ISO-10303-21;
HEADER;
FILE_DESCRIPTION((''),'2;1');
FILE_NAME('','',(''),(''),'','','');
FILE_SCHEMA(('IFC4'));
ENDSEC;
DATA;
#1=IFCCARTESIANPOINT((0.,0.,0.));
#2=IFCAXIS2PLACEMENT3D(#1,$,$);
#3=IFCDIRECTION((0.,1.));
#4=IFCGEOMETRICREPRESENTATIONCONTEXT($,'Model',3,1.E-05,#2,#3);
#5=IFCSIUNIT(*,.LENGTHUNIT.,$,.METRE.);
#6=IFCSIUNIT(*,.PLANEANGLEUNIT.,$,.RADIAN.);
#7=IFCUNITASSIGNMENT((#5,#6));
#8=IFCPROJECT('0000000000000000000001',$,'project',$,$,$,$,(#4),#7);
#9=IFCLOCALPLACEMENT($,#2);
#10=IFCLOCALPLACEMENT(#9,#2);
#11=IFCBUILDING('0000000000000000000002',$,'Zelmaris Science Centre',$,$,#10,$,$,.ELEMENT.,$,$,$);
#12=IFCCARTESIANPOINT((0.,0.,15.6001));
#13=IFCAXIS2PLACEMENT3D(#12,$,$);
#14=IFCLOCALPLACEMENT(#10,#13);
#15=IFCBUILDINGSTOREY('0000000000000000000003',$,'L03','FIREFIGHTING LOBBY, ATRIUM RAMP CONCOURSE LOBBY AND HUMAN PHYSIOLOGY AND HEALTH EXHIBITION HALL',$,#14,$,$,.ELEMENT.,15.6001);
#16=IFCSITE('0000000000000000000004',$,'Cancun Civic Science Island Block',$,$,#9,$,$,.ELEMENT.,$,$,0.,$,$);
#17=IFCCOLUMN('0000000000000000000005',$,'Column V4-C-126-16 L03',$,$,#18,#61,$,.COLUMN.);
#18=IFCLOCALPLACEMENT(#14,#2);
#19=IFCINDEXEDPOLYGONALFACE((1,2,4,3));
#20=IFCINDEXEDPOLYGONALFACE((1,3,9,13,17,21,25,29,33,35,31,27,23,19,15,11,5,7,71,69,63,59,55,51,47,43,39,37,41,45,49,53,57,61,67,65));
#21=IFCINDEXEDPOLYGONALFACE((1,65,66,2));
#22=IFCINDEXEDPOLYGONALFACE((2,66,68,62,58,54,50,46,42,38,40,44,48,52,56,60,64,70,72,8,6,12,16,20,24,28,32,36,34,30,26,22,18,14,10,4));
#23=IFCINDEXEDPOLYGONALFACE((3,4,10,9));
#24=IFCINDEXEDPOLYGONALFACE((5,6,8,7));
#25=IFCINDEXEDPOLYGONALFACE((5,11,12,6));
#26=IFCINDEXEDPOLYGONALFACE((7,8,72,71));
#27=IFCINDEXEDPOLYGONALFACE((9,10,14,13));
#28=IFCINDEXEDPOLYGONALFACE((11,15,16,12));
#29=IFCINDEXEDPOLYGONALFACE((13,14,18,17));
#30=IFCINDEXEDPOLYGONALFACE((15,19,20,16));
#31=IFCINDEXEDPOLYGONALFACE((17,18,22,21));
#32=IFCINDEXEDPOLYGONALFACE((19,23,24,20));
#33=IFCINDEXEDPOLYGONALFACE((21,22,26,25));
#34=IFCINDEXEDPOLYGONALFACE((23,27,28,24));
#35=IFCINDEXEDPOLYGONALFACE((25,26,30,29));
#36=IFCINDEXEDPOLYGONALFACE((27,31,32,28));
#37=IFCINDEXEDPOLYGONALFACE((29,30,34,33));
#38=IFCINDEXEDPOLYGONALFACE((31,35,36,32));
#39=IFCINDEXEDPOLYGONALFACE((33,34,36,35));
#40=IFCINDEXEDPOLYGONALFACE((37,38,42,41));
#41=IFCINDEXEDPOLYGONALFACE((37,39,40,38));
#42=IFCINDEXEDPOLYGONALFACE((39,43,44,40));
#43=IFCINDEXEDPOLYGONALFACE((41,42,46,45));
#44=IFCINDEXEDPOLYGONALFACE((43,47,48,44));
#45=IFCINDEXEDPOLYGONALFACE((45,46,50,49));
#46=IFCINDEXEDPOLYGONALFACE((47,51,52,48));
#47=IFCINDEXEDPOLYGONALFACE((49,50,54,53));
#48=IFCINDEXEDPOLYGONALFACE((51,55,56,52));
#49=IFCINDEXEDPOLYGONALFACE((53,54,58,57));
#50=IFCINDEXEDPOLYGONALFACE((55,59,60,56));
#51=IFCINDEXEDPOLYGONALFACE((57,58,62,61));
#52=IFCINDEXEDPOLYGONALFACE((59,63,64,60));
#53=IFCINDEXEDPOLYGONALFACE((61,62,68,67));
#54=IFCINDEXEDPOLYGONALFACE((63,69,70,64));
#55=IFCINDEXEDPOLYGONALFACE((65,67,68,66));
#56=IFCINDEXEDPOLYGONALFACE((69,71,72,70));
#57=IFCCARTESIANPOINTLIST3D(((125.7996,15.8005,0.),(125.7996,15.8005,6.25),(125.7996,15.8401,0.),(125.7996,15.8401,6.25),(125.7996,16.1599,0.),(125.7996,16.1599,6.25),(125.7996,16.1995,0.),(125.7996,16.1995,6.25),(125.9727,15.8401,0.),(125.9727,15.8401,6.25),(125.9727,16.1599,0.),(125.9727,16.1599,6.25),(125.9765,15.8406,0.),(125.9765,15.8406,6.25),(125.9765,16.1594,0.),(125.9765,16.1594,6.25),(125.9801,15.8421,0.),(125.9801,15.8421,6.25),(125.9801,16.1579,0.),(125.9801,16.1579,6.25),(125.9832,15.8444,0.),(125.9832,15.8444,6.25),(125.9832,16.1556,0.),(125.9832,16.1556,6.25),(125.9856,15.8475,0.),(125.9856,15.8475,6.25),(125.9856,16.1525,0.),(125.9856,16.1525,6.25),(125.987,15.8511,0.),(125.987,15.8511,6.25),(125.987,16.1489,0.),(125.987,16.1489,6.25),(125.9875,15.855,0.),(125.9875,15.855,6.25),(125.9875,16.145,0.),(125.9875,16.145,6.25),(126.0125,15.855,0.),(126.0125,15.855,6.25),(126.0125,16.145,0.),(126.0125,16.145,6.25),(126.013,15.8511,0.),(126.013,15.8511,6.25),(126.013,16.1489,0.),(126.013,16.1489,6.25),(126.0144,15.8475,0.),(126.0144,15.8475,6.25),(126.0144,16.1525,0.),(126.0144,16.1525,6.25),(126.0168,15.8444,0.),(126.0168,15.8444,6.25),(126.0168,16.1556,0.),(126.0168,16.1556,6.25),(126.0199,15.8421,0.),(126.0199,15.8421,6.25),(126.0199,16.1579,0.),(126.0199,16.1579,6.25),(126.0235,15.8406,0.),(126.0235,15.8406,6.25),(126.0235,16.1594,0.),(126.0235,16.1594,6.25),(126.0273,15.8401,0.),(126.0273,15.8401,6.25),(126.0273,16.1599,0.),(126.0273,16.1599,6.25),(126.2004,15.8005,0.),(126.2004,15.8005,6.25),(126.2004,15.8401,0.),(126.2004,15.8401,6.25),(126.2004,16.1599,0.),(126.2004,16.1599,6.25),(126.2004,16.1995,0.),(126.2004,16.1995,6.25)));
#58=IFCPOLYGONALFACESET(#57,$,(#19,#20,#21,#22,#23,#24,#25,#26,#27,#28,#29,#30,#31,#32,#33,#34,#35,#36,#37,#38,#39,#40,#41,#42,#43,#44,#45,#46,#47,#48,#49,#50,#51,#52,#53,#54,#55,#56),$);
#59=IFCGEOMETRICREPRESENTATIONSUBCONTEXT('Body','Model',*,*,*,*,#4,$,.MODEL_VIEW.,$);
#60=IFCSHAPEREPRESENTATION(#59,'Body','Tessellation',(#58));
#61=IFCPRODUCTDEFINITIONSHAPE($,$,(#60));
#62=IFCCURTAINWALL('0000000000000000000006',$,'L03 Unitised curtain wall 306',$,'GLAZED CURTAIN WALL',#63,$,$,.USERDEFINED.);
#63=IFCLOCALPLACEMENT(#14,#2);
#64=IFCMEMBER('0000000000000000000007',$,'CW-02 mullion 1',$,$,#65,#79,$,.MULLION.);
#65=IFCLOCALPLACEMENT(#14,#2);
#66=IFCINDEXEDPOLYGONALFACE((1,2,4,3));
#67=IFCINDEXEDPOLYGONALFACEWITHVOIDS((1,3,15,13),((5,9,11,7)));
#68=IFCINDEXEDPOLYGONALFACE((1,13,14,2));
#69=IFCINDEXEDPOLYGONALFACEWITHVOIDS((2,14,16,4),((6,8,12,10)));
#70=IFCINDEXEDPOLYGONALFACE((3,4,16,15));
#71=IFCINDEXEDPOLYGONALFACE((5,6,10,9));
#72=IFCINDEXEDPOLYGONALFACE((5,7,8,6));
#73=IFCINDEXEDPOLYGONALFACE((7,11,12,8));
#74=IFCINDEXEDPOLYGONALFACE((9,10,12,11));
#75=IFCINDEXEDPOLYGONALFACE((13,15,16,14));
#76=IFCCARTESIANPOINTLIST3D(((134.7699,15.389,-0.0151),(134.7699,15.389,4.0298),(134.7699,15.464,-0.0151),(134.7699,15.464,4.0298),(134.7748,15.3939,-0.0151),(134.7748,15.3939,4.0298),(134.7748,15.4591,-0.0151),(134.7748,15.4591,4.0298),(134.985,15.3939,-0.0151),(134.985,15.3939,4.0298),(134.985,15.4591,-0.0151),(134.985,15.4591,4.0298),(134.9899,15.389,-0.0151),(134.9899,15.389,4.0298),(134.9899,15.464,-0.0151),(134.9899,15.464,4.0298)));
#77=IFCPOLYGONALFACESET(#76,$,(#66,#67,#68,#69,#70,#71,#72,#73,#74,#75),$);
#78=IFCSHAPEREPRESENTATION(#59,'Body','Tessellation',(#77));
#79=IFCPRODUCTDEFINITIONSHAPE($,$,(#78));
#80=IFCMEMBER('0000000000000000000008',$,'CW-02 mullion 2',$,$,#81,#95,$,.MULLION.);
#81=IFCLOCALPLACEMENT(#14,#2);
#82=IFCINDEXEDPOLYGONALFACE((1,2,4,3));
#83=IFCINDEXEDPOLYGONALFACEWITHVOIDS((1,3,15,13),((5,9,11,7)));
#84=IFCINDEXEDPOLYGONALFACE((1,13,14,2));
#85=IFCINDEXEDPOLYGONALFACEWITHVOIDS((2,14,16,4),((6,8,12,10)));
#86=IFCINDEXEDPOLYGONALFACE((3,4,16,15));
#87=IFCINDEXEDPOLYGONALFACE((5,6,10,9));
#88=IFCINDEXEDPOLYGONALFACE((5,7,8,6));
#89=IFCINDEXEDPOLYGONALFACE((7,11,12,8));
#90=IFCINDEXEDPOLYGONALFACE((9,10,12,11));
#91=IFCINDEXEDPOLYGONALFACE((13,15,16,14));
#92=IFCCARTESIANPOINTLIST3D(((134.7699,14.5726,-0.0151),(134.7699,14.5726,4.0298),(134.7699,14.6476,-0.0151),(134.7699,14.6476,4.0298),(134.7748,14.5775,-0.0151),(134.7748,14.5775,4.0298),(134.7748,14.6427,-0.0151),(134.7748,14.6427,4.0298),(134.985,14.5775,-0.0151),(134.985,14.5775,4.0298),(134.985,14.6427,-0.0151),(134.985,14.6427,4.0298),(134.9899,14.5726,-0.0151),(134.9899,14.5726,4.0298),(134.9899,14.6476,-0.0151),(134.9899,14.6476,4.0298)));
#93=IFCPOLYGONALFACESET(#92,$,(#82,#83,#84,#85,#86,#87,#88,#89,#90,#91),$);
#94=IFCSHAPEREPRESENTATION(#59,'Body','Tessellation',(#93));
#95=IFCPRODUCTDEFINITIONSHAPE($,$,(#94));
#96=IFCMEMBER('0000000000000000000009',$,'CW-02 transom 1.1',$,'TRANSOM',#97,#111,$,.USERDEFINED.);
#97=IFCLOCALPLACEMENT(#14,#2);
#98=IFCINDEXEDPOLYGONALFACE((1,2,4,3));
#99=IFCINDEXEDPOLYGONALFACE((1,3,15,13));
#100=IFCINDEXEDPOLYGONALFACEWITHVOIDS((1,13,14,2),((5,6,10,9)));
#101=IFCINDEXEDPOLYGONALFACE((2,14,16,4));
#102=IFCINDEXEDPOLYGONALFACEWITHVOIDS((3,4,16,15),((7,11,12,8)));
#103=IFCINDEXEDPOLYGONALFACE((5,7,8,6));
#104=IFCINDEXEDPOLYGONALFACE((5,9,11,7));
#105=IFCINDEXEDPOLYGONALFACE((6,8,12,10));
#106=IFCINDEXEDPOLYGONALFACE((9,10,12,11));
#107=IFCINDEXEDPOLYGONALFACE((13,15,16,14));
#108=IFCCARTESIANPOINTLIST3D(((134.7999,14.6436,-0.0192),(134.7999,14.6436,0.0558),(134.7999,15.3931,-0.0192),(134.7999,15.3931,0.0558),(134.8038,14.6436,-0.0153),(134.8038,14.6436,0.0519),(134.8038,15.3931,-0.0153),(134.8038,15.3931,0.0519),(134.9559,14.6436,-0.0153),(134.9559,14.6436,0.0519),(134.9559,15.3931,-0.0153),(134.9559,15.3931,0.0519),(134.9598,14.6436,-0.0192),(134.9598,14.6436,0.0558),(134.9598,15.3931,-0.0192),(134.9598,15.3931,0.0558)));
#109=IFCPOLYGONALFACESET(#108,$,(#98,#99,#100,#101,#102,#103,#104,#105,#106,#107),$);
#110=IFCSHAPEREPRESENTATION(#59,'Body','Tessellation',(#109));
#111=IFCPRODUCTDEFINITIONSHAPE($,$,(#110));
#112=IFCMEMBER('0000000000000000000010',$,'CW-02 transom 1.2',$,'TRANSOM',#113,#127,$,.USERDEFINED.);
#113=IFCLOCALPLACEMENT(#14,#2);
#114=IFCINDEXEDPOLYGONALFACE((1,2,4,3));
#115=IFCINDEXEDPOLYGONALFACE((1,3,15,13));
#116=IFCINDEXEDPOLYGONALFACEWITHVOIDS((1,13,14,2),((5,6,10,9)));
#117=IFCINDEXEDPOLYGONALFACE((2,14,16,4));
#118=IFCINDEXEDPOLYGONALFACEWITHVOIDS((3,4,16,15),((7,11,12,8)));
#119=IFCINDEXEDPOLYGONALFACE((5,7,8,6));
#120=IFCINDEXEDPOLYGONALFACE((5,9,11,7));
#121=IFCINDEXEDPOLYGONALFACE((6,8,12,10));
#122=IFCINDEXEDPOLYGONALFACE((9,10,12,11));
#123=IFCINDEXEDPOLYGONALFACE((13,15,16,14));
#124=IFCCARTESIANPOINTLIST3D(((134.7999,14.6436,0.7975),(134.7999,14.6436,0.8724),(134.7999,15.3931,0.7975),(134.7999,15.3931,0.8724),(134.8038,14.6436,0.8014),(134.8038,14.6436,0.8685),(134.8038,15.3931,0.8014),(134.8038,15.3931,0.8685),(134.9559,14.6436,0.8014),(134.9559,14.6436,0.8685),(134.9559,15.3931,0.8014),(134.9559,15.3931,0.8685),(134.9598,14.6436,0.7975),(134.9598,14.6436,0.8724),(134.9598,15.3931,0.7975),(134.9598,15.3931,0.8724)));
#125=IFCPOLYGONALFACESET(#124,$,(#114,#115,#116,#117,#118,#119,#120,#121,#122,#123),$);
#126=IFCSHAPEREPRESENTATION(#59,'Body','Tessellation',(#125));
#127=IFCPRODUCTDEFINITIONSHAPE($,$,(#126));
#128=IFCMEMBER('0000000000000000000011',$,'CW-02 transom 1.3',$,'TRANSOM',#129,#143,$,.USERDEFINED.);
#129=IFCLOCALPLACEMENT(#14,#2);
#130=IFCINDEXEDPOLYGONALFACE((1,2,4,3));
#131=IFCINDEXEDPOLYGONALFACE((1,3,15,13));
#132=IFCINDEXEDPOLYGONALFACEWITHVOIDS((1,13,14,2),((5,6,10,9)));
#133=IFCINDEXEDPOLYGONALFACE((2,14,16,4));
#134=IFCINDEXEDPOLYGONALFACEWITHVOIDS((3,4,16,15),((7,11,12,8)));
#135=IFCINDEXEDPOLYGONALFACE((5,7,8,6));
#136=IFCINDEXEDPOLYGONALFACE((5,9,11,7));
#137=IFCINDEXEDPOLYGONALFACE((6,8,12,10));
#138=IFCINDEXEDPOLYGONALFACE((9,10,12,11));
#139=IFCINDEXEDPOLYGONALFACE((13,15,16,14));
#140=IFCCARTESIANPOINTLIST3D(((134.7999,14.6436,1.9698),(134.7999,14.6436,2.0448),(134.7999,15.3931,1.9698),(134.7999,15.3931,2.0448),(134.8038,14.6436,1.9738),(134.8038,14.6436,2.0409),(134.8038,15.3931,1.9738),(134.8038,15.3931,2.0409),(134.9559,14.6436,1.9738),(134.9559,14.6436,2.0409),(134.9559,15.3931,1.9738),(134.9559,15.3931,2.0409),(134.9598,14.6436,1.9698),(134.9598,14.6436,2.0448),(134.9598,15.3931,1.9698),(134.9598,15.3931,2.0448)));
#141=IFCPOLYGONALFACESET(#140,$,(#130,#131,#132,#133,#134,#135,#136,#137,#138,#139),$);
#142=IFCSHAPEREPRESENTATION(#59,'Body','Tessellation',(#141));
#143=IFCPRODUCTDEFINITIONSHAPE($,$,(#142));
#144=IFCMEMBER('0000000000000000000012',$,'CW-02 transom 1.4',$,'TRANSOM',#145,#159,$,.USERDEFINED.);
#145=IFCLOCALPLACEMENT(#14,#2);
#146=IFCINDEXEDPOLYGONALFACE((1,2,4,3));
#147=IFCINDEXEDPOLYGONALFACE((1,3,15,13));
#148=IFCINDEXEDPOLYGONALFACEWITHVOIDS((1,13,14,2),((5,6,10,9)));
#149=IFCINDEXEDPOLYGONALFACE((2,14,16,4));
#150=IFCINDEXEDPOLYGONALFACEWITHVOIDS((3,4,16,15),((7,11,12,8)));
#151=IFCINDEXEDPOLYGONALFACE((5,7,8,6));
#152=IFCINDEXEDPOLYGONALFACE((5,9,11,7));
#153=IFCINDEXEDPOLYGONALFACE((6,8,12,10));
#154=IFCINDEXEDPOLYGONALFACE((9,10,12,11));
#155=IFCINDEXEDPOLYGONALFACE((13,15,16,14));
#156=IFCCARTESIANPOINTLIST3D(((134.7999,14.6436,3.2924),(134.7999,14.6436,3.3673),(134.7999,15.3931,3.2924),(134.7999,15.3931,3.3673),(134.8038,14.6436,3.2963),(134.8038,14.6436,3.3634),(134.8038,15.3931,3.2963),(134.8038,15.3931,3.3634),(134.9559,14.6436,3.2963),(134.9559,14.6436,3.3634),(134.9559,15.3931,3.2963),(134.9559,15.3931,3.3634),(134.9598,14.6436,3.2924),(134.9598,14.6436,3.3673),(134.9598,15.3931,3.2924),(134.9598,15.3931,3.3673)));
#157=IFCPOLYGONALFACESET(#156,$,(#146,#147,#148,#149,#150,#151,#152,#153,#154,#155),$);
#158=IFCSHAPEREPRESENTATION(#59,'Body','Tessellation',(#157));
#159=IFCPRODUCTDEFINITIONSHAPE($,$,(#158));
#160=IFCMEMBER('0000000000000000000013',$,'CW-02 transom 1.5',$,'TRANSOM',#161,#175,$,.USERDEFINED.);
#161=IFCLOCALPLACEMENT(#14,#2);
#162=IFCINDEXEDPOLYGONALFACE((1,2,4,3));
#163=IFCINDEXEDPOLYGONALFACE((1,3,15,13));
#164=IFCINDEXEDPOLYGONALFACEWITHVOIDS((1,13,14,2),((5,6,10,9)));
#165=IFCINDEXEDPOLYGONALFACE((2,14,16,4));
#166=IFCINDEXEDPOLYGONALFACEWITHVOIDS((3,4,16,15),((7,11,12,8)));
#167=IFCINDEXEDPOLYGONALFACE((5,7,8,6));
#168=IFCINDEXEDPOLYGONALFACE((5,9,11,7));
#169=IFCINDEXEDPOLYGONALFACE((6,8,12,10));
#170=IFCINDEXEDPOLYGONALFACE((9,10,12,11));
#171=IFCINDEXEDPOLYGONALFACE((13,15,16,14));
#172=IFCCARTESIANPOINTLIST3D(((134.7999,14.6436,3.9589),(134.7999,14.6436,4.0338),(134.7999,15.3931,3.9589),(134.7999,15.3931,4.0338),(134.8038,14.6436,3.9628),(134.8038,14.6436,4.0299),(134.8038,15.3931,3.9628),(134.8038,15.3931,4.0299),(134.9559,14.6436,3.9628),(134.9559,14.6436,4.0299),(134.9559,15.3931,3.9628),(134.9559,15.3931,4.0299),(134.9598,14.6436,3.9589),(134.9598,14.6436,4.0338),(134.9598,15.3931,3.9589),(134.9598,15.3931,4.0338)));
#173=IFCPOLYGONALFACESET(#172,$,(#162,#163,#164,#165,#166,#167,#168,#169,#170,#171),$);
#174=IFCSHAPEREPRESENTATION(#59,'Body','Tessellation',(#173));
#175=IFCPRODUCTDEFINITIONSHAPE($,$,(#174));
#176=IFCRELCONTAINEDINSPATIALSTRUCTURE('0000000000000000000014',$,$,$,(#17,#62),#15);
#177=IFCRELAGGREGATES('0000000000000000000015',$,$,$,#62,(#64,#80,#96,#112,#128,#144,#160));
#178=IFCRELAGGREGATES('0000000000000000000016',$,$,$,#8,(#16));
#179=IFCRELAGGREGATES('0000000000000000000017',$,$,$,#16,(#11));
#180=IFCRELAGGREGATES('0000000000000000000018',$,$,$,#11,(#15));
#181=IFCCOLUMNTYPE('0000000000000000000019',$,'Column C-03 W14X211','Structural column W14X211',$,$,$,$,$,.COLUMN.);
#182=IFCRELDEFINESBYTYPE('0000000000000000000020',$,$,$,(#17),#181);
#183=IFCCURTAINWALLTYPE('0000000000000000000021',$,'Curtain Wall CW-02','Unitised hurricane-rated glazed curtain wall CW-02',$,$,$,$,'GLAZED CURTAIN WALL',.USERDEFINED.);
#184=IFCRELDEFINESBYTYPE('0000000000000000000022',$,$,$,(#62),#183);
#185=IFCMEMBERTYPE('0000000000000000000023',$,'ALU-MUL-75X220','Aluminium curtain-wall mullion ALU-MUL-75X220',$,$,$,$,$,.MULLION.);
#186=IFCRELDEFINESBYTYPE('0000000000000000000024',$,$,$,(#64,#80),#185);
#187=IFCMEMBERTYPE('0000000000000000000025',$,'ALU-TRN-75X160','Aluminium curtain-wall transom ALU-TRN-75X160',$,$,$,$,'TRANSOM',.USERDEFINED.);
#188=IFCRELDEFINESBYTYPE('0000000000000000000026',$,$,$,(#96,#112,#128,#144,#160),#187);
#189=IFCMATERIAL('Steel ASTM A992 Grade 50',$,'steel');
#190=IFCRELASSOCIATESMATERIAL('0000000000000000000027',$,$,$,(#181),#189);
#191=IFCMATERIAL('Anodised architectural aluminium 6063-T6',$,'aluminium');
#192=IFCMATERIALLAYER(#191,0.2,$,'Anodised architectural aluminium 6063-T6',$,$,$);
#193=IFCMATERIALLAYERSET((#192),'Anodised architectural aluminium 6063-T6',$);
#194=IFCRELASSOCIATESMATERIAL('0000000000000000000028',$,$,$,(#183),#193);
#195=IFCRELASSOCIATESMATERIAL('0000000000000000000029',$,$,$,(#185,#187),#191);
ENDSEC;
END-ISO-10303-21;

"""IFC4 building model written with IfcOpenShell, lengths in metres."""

from ifc_helpers import new_model, si_unit, direction, frame, origin, origin_2d, place, context, subcontext, project, spatial, hollow_rectangle, i_section, extrude, material, layer, layer_set, material_profile, profile_set, type_object, element, aggregate, save


model = new_model("IFC4")

# Units and contexts
model_context = context("Model", 3, precision=1e-05, world=origin(), true_north=direction((0.0, 1.0)))
body_context = subcontext(model_context, "Body", "Model", "MODEL_VIEW")
ifc_project = project(units=[si_unit("LENGTHUNIT", "METRE"), si_unit("PLANEANGLEUNIT", "RADIAN")], contexts=[model_context])

# Site, building, storey
site_placement = place(None, origin())
site = spatial("IfcSite", under=ifc_project, at=site_placement, Name="Cancun Civic Science Island Block", CompositionType="ELEMENT", RefElevation=0.0)
building_placement = place(site_placement, origin())
building = spatial("IfcBuilding", under=site, at=building_placement, Name="Zelmaris Science Centre", CompositionType="ELEMENT")
storey_placement = place(building_placement, frame((0.0, 0.0, 15.6001)))
storey = spatial("IfcBuildingStorey", under=building, at=storey_placement, Name="L03", Description="FIREFIGHTING LOBBY, ATRIUM RAMP CONCOURSE LOBBY AND HUMAN PHYSIOLOGY AND HEALTH EXHIBITION HALL", CompositionType="ELEMENT", Elevation=15.6001)

# Column
ifc_material_1 = material(Name="Steel ASTM A992 Grade 50", Category="steel")
ifc_material_profile_1 = material_profile(ifc_material_1, i_section(OverallWidth=0.4009, OverallDepth=0.3989, WebThickness=0.0249, FlangeThickness=0.0396, FilletRadius=0.0149, at=origin_2d()), Name="W14X211")
ifc_profile_set_1 = profile_set([ifc_material_profile_1], Name="Steel ASTM A992 Grade 50")
column_type = type_object("IfcColumnType", Name="Column C-03 W14X211", Description="Structural column W14X211", PredefinedType="COLUMN", material=ifc_profile_set_1)
column_placement = place(storey_placement, frame((126.0, 16.0, 0.0), z_axis=(0.0, 0.0, 1.0), x_axis=(1.0, 0.0, 0.0)))
element("IfcColumn", 1, at=column_placement, inside=storey, type_object=column_type, Name="Column V4-C-126-16 L03", PredefinedType="COLUMN", context=body_context, shape_type="SweptSolid", body=[
    extrude(i_section(OverallWidth=0.4009, OverallDepth=0.3989, WebThickness=0.0249, FlangeThickness=0.0396, FilletRadius=0.0149, at=origin_2d()), origin(), (0.0, 0.0, 1.0), 6.25),
])

# Curtain wall, members
ifc_material_2 = material(Name="Anodised architectural aluminium 6063-T6", Category="aluminium")
ifc_layer_1 = layer(ifc_material_2, 0.2, Name="Anodised architectural aluminium 6063-T6")
ifc_layer_set_1 = layer_set([ifc_layer_1], Name="Anodised architectural aluminium 6063-T6")
curtain_wall_type = type_object("IfcCurtainWallType", Name="Curtain Wall CW-02", Description="Unitised hurricane-rated glazed curtain wall CW-02", ElementType="GLAZED CURTAIN WALL", PredefinedType="USERDEFINED", material=ifc_layer_set_1)
curtain_wall_placement = place(storey_placement, origin())
curtain_wall = element("IfcCurtainWall", 2, at=curtain_wall_placement, inside=storey, type_object=curtain_wall_type, Name="L03 Unitised curtain wall 306", ObjectType="GLAZED CURTAIN WALL", PredefinedType="USERDEFINED")
ifc_material_profile_2 = material_profile(ifc_material_2, hollow_rectangle(XDim=0.075, YDim=0.22, WallThickness=0.0049, at=origin_2d()), Name="ALU-MUL-75X220")
ifc_profile_set_2 = profile_set([ifc_material_profile_2], Name="Anodised architectural aluminium 6063-T6")
member_type_1 = type_object("IfcMemberType", Name="ALU-MUL-75X220", Description="Aluminium curtain-wall mullion ALU-MUL-75X220", PredefinedType="MULLION", material=ifc_profile_set_2)
member_1_placement = place(storey_placement, frame((134.8799, 15.4265, -0.0151), z_axis=(0.0, 0.0, 1.0), x_axis=(0.0, -1.0, 0.0)))
member_1 = element("IfcMember", 3, at=member_1_placement, type_object=member_type_1, Name="CW-02 mullion 1", PredefinedType="MULLION", context=body_context, shape_type="SweptSolid", body=[
    extrude(hollow_rectangle(XDim=0.075, YDim=0.22, WallThickness=0.0049, at=origin_2d()), origin(), (0.0, 0.0, 1.0), 4.0449),
])
member_2_placement = place(storey_placement, frame((134.8799, 14.6101, -0.0151), z_axis=(0.0, 0.0, 1.0), x_axis=(0.0, -1.0, 0.0)))
member_2 = element("IfcMember", 4, at=member_2_placement, type_object=member_type_1, Name="CW-02 mullion 2", PredefinedType="MULLION", context=body_context, shape_type="SweptSolid", body=[
    extrude(hollow_rectangle(XDim=0.075, YDim=0.22, WallThickness=0.0049, at=origin_2d()), origin(), (0.0, 0.0, 1.0), 4.0449),
])
ifc_material_profile_3 = material_profile(ifc_material_2, hollow_rectangle(XDim=0.075, YDim=0.1599, WallThickness=0.0039, at=origin_2d()), Name="ALU-TRN-75X160")
ifc_profile_set_3 = profile_set([ifc_material_profile_3], Name="Anodised architectural aluminium 6063-T6")
member_type_2 = type_object("IfcMemberType", Name="ALU-TRN-75X160", Description="Aluminium curtain-wall transom ALU-TRN-75X160", ElementType="TRANSOM", PredefinedType="USERDEFINED", material=ifc_profile_set_3)
member_3_placement = place(storey_placement, frame((134.8799, 15.3931, 0.0183), z_axis=(0.0, -1.0, 0.0), x_axis=(0.0, 0.0, 1.0)))
member_3 = element("IfcMember", 5, at=member_3_placement, type_object=member_type_2, Name="CW-02 transom 1.1", ObjectType="TRANSOM", PredefinedType="USERDEFINED", context=body_context, shape_type="SweptSolid", body=[
    extrude(hollow_rectangle(XDim=0.075, YDim=0.1599, WallThickness=0.0039, at=origin_2d()), origin(), (0.0, 0.0, 1.0), 0.7495),
])
member_4_placement = place(storey_placement, frame((134.8799, 15.3931, 0.835), z_axis=(0.0, -1.0, 0.0), x_axis=(0.0, 0.0, 1.0)))
member_4 = element("IfcMember", 6, at=member_4_placement, type_object=member_type_2, Name="CW-02 transom 1.2", ObjectType="TRANSOM", PredefinedType="USERDEFINED", context=body_context, shape_type="SweptSolid", body=[
    extrude(hollow_rectangle(XDim=0.075, YDim=0.1599, WallThickness=0.0039, at=origin_2d()), origin(), (0.0, 0.0, 1.0), 0.7495),
])
member_5_placement = place(storey_placement, frame((134.8799, 15.3931, 2.0073), z_axis=(0.0, -1.0, 0.0), x_axis=(0.0, 0.0, 1.0)))
member_5 = element("IfcMember", 7, at=member_5_placement, type_object=member_type_2, Name="CW-02 transom 1.3", ObjectType="TRANSOM", PredefinedType="USERDEFINED", context=body_context, shape_type="SweptSolid", body=[
    extrude(hollow_rectangle(XDim=0.075, YDim=0.1599, WallThickness=0.0039, at=origin_2d()), origin(), (0.0, 0.0, 1.0), 0.7495),
])
member_6_placement = place(storey_placement, frame((134.8799, 15.3931, 3.3298), z_axis=(0.0, -1.0, 0.0), x_axis=(0.0, 0.0, 1.0)))
member_6 = element("IfcMember", 8, at=member_6_placement, type_object=member_type_2, Name="CW-02 transom 1.4", ObjectType="TRANSOM", PredefinedType="USERDEFINED", context=body_context, shape_type="SweptSolid", body=[
    extrude(hollow_rectangle(XDim=0.075, YDim=0.1599, WallThickness=0.0039, at=origin_2d()), origin(), (0.0, 0.0, 1.0), 0.7495),
])
member_7_placement = place(storey_placement, frame((134.8799, 15.3931, 3.9963), z_axis=(0.0, -1.0, 0.0), x_axis=(0.0, 0.0, 1.0)))
member_7 = element("IfcMember", 9, at=member_7_placement, type_object=member_type_2, Name="CW-02 transom 1.5", ObjectType="TRANSOM", PredefinedType="USERDEFINED", context=body_context, shape_type="SweptSolid", body=[
    extrude(hollow_rectangle(XDim=0.075, YDim=0.1599, WallThickness=0.0039, at=origin_2d()), origin(), (0.0, 0.0, 1.0), 0.7495),
])

aggregate(curtain_wall, [member_1, member_2, member_3, member_4, member_5, member_6, member_7])

save(model, "model.ifc")
